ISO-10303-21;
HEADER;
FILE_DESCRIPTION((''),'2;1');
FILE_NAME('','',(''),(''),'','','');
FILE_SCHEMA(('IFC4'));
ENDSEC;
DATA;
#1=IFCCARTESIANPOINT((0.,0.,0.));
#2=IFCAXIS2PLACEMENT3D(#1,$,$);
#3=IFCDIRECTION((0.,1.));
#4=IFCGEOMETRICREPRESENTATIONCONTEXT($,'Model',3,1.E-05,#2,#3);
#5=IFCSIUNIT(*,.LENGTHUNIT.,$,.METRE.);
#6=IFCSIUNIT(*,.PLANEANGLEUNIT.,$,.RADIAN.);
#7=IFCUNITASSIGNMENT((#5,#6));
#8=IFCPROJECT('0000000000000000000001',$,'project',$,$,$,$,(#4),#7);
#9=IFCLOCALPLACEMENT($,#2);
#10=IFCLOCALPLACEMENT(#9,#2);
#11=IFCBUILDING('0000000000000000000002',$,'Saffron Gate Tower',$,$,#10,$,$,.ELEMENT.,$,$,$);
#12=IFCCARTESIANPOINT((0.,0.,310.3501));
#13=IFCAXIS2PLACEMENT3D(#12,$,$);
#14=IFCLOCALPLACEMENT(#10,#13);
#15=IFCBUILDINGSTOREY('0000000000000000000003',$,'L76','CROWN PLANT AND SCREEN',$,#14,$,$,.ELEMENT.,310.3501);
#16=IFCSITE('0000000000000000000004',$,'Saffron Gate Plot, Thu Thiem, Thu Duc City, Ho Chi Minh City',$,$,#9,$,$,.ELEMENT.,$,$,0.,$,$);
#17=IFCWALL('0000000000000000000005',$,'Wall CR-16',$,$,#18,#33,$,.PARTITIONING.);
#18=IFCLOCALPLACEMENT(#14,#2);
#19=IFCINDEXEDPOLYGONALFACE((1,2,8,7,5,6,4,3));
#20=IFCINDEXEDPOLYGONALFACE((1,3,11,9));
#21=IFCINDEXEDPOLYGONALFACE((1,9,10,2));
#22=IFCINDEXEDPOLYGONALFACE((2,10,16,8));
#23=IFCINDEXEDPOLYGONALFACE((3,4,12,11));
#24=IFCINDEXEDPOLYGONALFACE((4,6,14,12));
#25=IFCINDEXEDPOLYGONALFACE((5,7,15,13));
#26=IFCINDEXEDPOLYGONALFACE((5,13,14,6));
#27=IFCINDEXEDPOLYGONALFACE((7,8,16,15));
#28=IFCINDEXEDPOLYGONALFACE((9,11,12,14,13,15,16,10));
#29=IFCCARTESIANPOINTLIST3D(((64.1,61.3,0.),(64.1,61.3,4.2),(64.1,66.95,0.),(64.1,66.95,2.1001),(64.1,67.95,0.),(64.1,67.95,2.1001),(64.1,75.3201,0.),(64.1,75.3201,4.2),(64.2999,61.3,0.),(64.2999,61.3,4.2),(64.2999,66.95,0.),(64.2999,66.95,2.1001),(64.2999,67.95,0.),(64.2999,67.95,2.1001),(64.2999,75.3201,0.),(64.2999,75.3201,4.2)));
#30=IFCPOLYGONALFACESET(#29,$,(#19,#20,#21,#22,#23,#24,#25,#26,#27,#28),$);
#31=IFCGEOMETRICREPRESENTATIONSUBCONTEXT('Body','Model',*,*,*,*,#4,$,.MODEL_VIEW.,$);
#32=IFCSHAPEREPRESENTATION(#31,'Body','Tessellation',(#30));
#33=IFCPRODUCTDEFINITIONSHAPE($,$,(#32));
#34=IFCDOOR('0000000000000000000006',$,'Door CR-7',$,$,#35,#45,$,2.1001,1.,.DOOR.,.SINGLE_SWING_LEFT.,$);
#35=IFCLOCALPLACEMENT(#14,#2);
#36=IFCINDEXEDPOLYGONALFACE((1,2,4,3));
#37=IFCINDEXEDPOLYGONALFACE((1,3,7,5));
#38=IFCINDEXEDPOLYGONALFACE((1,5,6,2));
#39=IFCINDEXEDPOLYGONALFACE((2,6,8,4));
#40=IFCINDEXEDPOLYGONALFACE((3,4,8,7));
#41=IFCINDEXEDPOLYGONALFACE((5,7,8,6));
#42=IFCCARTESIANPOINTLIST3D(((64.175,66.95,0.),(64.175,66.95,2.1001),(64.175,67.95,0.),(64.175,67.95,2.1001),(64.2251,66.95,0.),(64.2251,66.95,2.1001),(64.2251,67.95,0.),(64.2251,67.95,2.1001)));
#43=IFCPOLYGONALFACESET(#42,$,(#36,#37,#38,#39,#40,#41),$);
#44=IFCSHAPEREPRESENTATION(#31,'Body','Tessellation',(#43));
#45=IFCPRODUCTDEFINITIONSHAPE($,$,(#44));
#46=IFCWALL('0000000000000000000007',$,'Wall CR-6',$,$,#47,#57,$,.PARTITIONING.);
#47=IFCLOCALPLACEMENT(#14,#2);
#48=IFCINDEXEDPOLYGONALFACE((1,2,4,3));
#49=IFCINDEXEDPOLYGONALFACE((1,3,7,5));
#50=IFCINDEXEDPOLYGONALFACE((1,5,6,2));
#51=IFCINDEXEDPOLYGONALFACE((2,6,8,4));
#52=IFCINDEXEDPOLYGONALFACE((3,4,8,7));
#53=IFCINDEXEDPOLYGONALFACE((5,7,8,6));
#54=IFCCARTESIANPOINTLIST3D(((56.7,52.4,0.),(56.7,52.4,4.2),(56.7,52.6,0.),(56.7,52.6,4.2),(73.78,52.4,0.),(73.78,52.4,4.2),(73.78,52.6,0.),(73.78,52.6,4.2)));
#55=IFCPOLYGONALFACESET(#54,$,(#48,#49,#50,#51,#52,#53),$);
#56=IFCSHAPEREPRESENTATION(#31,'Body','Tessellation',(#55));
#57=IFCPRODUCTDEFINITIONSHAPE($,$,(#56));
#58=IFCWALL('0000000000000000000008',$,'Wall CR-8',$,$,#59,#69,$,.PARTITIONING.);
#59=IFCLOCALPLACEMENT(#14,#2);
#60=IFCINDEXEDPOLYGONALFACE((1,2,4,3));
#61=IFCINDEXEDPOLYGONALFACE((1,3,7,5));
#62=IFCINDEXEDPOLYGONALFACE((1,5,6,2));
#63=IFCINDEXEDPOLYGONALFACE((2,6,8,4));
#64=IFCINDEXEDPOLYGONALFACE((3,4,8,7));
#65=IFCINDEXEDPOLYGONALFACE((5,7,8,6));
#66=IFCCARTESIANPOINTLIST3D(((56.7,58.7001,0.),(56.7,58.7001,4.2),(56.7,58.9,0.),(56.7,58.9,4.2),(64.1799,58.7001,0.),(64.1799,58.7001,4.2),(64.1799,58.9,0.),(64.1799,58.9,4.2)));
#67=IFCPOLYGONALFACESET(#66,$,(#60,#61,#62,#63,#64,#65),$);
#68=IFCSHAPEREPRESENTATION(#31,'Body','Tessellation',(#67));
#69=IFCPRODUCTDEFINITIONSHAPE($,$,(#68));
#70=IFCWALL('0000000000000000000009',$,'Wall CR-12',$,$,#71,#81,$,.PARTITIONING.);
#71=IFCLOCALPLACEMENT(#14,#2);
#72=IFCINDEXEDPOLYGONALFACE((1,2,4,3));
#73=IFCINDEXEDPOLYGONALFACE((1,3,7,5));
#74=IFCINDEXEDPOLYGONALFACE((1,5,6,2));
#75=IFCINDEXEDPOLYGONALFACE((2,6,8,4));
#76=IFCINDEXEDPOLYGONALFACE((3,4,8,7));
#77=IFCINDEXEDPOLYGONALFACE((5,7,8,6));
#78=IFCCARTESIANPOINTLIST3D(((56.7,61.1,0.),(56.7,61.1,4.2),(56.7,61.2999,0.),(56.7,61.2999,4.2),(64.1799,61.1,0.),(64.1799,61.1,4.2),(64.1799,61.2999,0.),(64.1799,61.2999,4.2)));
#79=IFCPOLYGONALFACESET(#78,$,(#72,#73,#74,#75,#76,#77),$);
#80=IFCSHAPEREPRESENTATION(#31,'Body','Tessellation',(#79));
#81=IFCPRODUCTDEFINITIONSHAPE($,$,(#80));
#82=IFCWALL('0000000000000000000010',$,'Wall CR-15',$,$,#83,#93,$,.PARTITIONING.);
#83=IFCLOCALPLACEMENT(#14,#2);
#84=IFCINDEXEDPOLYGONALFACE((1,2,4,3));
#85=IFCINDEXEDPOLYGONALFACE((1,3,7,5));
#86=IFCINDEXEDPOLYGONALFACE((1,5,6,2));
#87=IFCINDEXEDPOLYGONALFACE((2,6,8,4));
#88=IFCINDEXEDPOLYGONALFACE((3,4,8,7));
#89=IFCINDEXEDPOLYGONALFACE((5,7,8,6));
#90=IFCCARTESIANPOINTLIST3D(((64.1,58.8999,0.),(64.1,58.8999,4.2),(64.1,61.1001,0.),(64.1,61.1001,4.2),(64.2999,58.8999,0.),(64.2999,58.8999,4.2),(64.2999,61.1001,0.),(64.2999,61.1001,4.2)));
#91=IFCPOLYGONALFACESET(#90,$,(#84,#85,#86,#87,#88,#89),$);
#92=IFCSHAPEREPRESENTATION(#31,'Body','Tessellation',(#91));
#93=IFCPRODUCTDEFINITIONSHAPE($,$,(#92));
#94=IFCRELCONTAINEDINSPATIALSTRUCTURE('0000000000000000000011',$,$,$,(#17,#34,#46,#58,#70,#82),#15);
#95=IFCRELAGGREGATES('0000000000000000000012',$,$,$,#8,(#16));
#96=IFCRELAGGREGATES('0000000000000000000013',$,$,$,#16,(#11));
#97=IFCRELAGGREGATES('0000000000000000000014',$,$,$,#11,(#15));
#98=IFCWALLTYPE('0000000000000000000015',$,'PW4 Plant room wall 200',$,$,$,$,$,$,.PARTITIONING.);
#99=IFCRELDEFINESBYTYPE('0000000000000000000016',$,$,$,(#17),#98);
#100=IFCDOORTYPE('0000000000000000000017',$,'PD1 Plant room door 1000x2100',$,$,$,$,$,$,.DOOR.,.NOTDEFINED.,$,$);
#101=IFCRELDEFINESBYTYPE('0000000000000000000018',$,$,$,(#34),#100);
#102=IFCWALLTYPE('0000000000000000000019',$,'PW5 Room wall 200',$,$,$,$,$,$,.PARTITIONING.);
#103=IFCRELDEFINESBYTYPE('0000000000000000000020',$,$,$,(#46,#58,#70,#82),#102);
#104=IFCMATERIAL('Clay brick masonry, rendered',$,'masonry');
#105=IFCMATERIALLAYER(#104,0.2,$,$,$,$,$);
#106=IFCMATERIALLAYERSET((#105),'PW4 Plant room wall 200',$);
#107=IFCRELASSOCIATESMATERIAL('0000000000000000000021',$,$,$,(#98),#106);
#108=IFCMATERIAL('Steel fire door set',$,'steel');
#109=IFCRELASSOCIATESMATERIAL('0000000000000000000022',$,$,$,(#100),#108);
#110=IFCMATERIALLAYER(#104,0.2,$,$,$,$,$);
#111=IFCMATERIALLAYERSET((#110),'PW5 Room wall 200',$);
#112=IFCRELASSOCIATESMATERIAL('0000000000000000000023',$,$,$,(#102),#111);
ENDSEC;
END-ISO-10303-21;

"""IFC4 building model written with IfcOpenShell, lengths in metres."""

from ifc_helpers import new_model, si_unit, direction, frame, frame_2d, origin, place, context, subcontext, project, spatial, rectangle, extrude, material, layer, layer_set, type_object, element, fill, save


model = new_model("IFC4")

# Units and contexts
model_context = context("Model", 3, precision=1e-05, world=origin(), true_north=direction((0.0, 1.0)))
body_context = subcontext(model_context, "Body", "Model", "MODEL_VIEW")
ifc_project = project(units=[si_unit("LENGTHUNIT", "METRE"), si_unit("PLANEANGLEUNIT", "RADIAN")], contexts=[model_context])

# Site, building, storey
site_placement = place(None, origin())
site = spatial("IfcSite", under=ifc_project, at=site_placement, Name="Saffron Gate Plot, Thu Thiem, Thu Duc City, Ho Chi Minh City", CompositionType="ELEMENT", RefElevation=0.0)
building_placement = place(site_placement, origin())
building = spatial("IfcBuilding", under=site, at=building_placement, Name="Saffron Gate Tower", CompositionType="ELEMENT")
storey_placement = place(building_placement, frame((0.0, 0.0, 310.3501)))
storey = spatial("IfcBuildingStorey", under=building, at=storey_placement, Name="L76", Description="CROWN PLANT AND SCREEN", CompositionType="ELEMENT", Elevation=310.3501)

# Shared definitions
ifc_material_1 = material(Name="Clay brick masonry, rendered", Category="masonry")
ifc_layer_1 = layer(ifc_material_1, 0.2)
ifc_layer_set_1 = layer_set([ifc_layer_1], Name="PW4 Plant room wall 200")
wall_type_1 = type_object("IfcWallType", Name="PW4 Plant room wall 200", PredefinedType="PARTITIONING", material=ifc_layer_set_1)

# Wall, opening, door
wall_1_placement = place(storey_placement, frame((64.2, 61.3, 0.0), z_axis=(0.0, 0.0, 1.0), x_axis=(0.0, 1.0, 0.0)))
wall_1 = element("IfcWall", 1, at=wall_1_placement, inside=storey, type_object=wall_type_1, Name="Wall CR-16", PredefinedType="PARTITIONING", context=body_context, shape_type="SweptSolid", body=[
    extrude(rectangle(XDim=14.02, YDim=0.2, at=frame_2d((7.01, 0.0))), origin(), (0.0, 0.0, 1.0), 4.2),
])
opening_1_placement = place(wall_1_placement, frame((5.6499, 0.0, 0.0)))
opening_1 = element("IfcOpeningElement", 2, at=opening_1_placement, cuts=wall_1, PredefinedType="OPENING", context=body_context, shape_type="SweptSolid", body=[
    extrude(rectangle(XDim=1.0, YDim=2.1001, at=frame_2d((0.5, 1.05))), frame((0.0, 0.1099, 0.0), z_axis=(0.0, -1.0, 0.0), x_axis=(1.0, 0.0, 0.0)), (0.0, 0.0, 1.0), 0.22),
])
ifc_material_2 = material(Name="Steel fire door set", Category="steel")
door_type = type_object("IfcDoorType", Name="PD1 Plant room door 1000x2100", OperationType="NOTDEFINED", PredefinedType="DOOR", material=ifc_material_2)
door_placement = place(opening_1_placement, origin())
door = element("IfcDoor", 3, at=door_placement, inside=storey, type_object=door_type, Name="Door CR-7", OperationType="SINGLE_SWING_LEFT", OverallHeight=2.1001, OverallWidth=1.0, PredefinedType="DOOR", context=body_context, shape_type="SweptSolid", body=[
    extrude(rectangle(XDim=1.0, YDim=2.1001, at=frame_2d((0.5, 1.05))), frame((0.0, 0.0249, 0.0), z_axis=(0.0, -1.0, 0.0), x_axis=(1.0, 0.0, 0.0)), (0.0, 0.0, 1.0), 0.05),
])
fill(opening_1, door)

# Walls
ifc_layer_2 = layer(ifc_material_1, 0.2)
ifc_layer_set_2 = layer_set([ifc_layer_2], Name="PW5 Room wall 200")
wall_type_2 = type_object("IfcWallType", Name="PW5 Room wall 200", PredefinedType="PARTITIONING", material=ifc_layer_set_2)
wall_2_placement = place(storey_placement, frame((56.7, 52.5, 0.0), z_axis=(0.0, 0.0, 1.0), x_axis=(1.0, 0.0, 0.0)))
element("IfcWall", 4, at=wall_2_placement, inside=storey, type_object=wall_type_2, Name="Wall CR-6", PredefinedType="PARTITIONING", context=body_context, shape_type="SweptSolid", body=[
    extrude(rectangle(XDim=17.0801, YDim=0.2, at=frame_2d((8.54, 0.0))), origin(), (0.0, 0.0, 1.0), 4.2),
])
for number, where, z_axis, x_axis, name in (
    (5, (56.7, 58.8, 0.0), (0.0, 0.0, 1.0), (1.0, 0.0, 0.0), "Wall CR-8"),
    (6, (56.7, 61.2, 0.0), (0.0, 0.0, 1.0), (1.0, 0.0, 0.0), "Wall CR-12"),
):
    element("IfcWall", number, at=place(storey_placement, frame(where, z_axis=z_axis, x_axis=x_axis)), inside=storey, type_object=wall_type_2, Name=name, PredefinedType="PARTITIONING", context=body_context, shape_type="SweptSolid", body=[
        extrude(rectangle(XDim=7.48, YDim=0.2, at=frame_2d((3.74, 0.0))), origin(), (0.0, 0.0, 1.0), 4.2),
    ])
wall_3_placement = place(storey_placement, frame((64.2, 61.1001, 0.0), z_axis=(0.0, 0.0, 1.0), x_axis=(0.0, -1.0, 0.0)))
element("IfcWall", 7, at=wall_3_placement, inside=storey, type_object=wall_type_2, Name="Wall CR-15", PredefinedType="PARTITIONING", context=body_context, shape_type="SweptSolid", body=[
    extrude(rectangle(XDim=2.2002, YDim=0.2, at=frame_2d((1.1001, 0.0))), origin(), (0.0, 0.0, 1.0), 4.2),
])

save(model, "model.ifc")
